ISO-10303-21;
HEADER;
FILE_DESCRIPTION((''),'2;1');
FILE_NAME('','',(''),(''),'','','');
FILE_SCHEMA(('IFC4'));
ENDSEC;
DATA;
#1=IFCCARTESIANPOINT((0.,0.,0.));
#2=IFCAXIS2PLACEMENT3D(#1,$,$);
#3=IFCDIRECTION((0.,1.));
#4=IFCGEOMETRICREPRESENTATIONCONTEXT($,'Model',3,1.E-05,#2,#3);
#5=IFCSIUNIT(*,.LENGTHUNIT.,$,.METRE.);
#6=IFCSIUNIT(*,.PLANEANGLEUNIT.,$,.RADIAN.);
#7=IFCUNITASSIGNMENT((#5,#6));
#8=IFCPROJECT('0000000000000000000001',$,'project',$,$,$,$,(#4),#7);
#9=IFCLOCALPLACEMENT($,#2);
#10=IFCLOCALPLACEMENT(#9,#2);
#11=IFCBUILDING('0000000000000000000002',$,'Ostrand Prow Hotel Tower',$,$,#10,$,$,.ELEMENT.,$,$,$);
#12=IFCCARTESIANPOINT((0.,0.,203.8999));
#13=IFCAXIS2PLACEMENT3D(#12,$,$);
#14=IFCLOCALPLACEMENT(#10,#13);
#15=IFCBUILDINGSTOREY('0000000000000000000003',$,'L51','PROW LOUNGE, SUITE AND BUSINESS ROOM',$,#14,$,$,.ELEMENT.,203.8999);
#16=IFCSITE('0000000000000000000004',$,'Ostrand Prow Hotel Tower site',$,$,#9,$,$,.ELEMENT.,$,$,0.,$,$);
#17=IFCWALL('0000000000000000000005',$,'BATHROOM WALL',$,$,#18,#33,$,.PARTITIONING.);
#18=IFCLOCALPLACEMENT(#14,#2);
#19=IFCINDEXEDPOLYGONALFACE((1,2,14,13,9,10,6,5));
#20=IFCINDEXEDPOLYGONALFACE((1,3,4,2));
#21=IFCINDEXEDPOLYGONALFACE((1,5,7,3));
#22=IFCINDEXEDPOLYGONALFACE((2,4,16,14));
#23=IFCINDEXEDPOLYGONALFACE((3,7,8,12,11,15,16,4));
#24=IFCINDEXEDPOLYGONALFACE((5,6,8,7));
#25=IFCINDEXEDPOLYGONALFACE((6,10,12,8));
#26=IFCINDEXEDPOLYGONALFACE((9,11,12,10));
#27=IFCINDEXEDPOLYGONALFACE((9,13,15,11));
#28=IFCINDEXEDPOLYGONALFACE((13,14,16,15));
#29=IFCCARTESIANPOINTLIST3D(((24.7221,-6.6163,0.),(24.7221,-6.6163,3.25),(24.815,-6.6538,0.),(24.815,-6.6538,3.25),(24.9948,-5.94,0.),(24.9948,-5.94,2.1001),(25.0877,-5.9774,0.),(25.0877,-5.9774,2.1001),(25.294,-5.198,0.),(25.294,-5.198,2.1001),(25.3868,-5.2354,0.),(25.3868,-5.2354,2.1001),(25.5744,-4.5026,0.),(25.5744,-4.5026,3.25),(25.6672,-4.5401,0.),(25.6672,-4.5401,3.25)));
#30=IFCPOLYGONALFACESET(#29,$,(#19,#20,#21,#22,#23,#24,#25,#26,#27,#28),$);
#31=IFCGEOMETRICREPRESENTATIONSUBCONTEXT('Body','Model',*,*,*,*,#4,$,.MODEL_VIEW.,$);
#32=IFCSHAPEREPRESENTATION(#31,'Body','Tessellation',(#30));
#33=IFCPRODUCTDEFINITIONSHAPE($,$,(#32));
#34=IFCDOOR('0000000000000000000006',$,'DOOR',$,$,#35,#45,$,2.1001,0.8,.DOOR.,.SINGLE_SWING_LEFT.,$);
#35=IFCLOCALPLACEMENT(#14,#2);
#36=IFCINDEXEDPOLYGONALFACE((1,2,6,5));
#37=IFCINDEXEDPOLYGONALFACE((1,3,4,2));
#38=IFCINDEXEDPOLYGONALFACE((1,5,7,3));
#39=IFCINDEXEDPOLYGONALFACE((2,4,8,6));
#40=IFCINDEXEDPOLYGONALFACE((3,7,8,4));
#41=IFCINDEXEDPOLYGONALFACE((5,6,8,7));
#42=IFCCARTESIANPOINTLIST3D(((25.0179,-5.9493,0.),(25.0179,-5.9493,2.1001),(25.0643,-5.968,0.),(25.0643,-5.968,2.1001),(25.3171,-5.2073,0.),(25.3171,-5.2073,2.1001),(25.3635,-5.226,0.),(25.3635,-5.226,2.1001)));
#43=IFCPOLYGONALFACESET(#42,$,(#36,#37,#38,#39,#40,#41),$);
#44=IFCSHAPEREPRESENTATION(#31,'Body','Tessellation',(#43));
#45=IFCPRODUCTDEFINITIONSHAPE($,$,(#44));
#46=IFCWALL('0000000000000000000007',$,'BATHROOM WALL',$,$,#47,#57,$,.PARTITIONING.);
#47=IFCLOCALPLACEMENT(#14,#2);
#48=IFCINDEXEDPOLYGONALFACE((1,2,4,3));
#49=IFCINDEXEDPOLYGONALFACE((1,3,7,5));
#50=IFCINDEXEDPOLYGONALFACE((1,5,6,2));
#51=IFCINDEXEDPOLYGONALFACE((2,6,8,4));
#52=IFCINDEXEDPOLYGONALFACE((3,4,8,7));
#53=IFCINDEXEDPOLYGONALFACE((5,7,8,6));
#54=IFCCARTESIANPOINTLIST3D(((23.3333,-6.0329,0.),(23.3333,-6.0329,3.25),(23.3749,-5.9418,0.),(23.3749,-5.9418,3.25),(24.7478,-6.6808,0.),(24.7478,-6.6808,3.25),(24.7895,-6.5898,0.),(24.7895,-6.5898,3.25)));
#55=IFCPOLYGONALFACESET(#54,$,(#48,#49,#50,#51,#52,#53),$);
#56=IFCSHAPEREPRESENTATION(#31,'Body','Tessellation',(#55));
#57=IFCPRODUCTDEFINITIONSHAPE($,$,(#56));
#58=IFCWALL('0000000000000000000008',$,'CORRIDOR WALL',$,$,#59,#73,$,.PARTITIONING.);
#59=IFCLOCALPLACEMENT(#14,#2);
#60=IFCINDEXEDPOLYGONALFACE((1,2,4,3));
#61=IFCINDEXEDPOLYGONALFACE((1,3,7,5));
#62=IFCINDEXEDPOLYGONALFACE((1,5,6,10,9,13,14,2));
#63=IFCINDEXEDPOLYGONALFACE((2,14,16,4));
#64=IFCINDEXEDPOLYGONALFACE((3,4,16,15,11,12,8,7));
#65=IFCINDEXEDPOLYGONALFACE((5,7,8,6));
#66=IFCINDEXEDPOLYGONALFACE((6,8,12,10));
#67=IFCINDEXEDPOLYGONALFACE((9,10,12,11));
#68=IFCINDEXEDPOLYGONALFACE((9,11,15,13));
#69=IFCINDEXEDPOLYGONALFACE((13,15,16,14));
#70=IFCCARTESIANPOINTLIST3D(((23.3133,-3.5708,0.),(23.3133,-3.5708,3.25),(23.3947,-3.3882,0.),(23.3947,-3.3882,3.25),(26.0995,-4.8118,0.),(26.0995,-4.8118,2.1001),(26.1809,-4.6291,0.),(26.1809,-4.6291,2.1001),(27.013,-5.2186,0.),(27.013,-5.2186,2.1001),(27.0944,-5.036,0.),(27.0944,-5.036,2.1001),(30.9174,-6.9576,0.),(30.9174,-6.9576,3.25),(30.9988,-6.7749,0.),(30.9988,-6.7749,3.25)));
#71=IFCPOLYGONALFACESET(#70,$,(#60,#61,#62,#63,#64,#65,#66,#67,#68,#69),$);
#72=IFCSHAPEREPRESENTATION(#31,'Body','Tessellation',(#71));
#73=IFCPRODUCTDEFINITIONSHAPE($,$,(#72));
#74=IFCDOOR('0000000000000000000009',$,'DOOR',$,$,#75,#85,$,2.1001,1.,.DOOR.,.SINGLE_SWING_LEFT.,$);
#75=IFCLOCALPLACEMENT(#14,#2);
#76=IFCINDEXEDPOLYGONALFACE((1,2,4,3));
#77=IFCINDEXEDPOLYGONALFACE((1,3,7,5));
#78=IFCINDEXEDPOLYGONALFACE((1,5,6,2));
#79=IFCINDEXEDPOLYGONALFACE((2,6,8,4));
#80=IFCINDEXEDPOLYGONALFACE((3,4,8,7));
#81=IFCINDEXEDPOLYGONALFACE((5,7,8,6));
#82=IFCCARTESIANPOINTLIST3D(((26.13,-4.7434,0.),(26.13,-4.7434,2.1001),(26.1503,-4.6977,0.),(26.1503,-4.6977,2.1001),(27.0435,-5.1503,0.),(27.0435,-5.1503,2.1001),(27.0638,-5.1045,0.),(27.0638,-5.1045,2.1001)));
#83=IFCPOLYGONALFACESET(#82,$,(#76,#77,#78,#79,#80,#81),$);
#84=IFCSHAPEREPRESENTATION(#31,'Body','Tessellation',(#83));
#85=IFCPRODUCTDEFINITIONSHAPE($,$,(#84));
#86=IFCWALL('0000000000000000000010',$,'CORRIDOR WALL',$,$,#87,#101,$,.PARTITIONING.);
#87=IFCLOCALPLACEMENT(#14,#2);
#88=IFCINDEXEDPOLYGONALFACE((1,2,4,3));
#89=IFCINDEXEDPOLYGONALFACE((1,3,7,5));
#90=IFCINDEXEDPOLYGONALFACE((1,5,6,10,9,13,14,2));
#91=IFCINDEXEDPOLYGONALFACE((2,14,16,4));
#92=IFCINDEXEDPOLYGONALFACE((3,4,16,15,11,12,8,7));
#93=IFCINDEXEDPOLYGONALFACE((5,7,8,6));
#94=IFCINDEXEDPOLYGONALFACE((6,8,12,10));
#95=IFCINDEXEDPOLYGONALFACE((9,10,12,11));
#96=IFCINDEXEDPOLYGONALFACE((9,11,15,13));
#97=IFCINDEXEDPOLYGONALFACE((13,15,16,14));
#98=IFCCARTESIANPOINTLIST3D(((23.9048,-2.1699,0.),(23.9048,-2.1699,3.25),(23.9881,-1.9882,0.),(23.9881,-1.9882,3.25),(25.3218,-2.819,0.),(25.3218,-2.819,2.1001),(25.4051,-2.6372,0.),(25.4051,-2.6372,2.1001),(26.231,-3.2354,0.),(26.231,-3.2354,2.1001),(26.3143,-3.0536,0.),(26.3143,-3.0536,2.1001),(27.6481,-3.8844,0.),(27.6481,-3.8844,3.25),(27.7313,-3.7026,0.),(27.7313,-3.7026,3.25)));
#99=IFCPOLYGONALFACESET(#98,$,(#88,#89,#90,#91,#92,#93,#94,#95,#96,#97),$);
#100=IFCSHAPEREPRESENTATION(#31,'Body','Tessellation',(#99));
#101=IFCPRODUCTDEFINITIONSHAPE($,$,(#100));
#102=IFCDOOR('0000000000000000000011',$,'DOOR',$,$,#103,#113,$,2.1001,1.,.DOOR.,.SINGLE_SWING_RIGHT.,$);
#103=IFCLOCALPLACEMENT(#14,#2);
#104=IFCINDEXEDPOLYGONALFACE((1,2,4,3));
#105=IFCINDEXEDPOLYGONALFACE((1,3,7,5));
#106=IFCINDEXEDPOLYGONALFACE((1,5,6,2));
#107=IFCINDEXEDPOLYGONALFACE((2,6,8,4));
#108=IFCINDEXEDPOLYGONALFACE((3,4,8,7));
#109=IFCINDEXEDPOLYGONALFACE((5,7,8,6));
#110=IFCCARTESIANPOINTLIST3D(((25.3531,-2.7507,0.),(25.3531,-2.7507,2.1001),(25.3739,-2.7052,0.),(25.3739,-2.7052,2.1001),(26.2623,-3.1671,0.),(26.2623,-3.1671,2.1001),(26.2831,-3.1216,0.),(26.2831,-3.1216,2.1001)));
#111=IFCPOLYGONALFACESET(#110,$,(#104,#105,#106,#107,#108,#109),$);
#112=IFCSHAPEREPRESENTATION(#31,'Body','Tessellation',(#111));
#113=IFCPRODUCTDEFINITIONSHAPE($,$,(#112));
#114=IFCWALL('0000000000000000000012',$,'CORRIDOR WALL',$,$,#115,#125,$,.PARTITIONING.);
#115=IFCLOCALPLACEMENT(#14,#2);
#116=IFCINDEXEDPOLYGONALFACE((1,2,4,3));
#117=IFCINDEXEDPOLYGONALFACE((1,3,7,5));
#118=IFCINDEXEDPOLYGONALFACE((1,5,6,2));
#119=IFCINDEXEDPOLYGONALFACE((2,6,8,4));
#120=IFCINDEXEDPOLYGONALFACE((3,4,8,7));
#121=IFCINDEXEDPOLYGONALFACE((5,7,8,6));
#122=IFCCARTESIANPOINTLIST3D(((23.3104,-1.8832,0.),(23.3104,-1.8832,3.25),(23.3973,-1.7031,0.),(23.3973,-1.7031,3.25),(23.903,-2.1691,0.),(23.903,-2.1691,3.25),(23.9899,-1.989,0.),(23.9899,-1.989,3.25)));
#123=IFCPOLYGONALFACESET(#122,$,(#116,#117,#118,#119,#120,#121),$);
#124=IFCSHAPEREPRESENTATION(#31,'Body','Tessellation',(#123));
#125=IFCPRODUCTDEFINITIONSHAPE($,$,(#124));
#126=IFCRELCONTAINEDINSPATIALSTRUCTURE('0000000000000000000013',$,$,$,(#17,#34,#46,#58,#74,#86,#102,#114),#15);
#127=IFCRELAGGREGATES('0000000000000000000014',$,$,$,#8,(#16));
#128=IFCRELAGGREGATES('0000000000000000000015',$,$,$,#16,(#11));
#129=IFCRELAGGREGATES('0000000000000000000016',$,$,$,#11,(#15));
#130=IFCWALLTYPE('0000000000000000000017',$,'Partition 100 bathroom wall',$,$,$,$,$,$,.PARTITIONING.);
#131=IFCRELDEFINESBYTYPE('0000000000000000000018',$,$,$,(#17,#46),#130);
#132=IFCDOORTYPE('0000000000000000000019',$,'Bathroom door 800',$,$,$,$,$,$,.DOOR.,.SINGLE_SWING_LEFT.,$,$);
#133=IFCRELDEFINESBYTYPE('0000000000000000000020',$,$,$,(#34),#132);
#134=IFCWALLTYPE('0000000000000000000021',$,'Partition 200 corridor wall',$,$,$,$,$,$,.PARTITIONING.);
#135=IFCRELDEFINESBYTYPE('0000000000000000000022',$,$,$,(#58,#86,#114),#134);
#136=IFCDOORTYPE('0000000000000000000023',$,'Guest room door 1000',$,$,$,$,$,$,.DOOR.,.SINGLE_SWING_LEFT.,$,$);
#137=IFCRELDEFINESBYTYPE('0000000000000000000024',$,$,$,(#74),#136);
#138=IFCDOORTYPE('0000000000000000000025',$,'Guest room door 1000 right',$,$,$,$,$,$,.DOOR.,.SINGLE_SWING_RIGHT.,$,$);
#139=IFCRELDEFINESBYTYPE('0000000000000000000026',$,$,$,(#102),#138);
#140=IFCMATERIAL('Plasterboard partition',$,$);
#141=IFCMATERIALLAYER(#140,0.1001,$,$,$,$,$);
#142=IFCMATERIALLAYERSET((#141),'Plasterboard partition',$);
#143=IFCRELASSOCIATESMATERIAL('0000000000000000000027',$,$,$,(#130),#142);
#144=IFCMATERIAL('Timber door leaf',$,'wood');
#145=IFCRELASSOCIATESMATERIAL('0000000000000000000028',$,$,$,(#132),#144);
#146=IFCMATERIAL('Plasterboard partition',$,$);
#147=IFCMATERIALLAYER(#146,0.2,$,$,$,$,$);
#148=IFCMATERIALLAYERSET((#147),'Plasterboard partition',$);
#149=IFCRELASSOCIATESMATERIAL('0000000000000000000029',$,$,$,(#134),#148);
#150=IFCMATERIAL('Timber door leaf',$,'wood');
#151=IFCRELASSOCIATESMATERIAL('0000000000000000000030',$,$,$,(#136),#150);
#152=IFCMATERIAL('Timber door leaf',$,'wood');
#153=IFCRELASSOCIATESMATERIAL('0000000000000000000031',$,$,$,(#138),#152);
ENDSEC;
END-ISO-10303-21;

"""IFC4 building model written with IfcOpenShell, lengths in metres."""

from ifc_helpers import new_model, si_unit, direction, frame, frame_2d, origin, place, context, subcontext, project, spatial, rectangle, extrude, material, layer, layer_set, type_object, element, fill, save


model = new_model("IFC4")

# Units and contexts
model_context = context("Model", 3, precision=1e-05, world=origin(), true_north=direction((0.0, 1.0)))
body_context = subcontext(model_context, "Body", "Model", "MODEL_VIEW")
ifc_project = project(units=[si_unit("LENGTHUNIT", "METRE"), si_unit("PLANEANGLEUNIT", "RADIAN")], contexts=[model_context])

# Site, building, storey
site_placement = place(None, origin())
site = spatial("IfcSite", under=ifc_project, at=site_placement, Name="Ostrand Prow Hotel Tower site", CompositionType="ELEMENT", RefElevation=0.0)
building_placement = place(site_placement, origin())
building = spatial("IfcBuilding", under=site, at=building_placement, Name="Ostrand Prow Hotel Tower", CompositionType="ELEMENT")
storey_placement = place(building_placement, frame((0.0, 0.0, 203.8999)))
storey = spatial("IfcBuildingStorey", under=building, at=storey_placement, Name="L51", Description="PROW LOUNGE, SUITE AND BUSINESS ROOM", CompositionType="ELEMENT", Elevation=203.8999)

# Wall, opening, door
ifc_material_1 = material(Name="Plasterboard partition")
ifc_layer_1 = layer(ifc_material_1, 0.1001)
ifc_layer_set_1 = layer_set([ifc_layer_1], Name="Plasterboard partition")
wall_type_1 = type_object("IfcWallType", Name="Partition 100 bathroom wall", PredefinedType="PARTITIONING", material=ifc_layer_set_1)
wall_1_placement = place(storey_placement, frame((25.6208, -4.5212, 0.0), z_axis=(0.0, 0.0, 1.0), x_axis=(-0.373956, -0.927446, 0.0)))
wall_1 = element("IfcWall", 1, at=wall_1_placement, inside=storey, type_object=wall_type_1, Name="BATHROOM WALL", PredefinedType="PARTITIONING", context=body_context, shape_type="SweptSolid", body=[
    extrude(rectangle(XDim=2.2791, YDim=0.1001, at=frame_2d((1.1396, 0.0))), origin(), (0.0, 0.0, 1.0), 3.25),
])
opening_1_placement = place(wall_1_placement, frame((0.75, 0.0, 0.0)))
opening_1 = element("IfcOpeningElement", 2, at=opening_1_placement, cuts=wall_1, PredefinedType="OPENING", context=body_context, shape_type="SweptSolid", body=[
    extrude(rectangle(XDim=0.8, YDim=2.1001, at=frame_2d((0.3999, 1.05))), frame((0.0, 0.0601, 0.0), z_axis=(0.0, -1.0, 0.0), x_axis=(1.0, 0.0, 0.0)), (0.0, 0.0, 1.0), 0.1201),
])
ifc_material_2 = material(Name="Timber door leaf", Category="wood")
door_type_1 = type_object("IfcDoorType", Name="Bathroom door 800", OperationType="SINGLE_SWING_LEFT", PredefinedType="DOOR", material=ifc_material_2)
door_1_placement = place(opening_1_placement, origin())
door_1 = element("IfcDoor", 3, at=door_1_placement, inside=storey, type_object=door_type_1, Name="DOOR", OperationType="SINGLE_SWING_LEFT", OverallHeight=2.1001, OverallWidth=0.8, PredefinedType="DOOR", context=body_context, shape_type="SweptSolid", body=[
    extrude(rectangle(XDim=0.8, YDim=2.1001, at=frame_2d((0.3999, 1.05))), frame((0.0, 0.0249, 0.0), z_axis=(0.0, -1.0, 0.0), x_axis=(1.0, 0.0, 0.0)), (0.0, 0.0, 1.0), 0.05),
])
fill(opening_1, door_1)

# Wall
wall_2_placement = place(storey_placement, frame((24.7686, -6.6353, 0.0), z_axis=(0.0, 0.0, 1.0), x_axis=(-0.909159, 0.416449, 0.0)))
element("IfcWall", 4, at=wall_2_placement, inside=storey, type_object=wall_type_1, Name="BATHROOM WALL", PredefinedType="PARTITIONING", context=body_context, shape_type="SweptSolid", body=[
    extrude(rectangle(XDim=1.5559, YDim=0.1001, at=frame_2d((0.7778, 0.0))), origin(), (0.0, 0.0, 1.0), 3.25),
])

# Walls, openings, doors
ifc_material_3 = material(Name="Plasterboard partition")
ifc_layer_2 = layer(ifc_material_3, 0.2)
ifc_layer_set_2 = layer_set([ifc_layer_2], Name="Plasterboard partition")
wall_type_2 = type_object("IfcWallType", Name="Partition 200 corridor wall", PredefinedType="PARTITIONING", material=ifc_layer_set_2)
wall_3_placement = place(storey_placement, frame((23.354, -3.4795, 0.0), z_axis=(0.0, 0.0, 1.0), x_axis=(0.913492, -0.406857, 0.0)))
wall_3 = element("IfcWall", 5, at=wall_3_placement, inside=storey, type_object=wall_type_2, Name="CORRIDOR WALL", PredefinedType="PARTITIONING", context=body_context, shape_type="SweptSolid", body=[
    extrude(rectangle(XDim=8.3242, YDim=0.2, at=frame_2d((4.1621, 0.0))), origin(), (0.0, 0.0, 1.0), 3.25),
])
opening_2_placement = place(wall_3_placement, frame((3.05, 0.0, 0.0)))
opening_2 = element("IfcOpeningElement", 6, at=opening_2_placement, cuts=wall_3, PredefinedType="OPENING", context=body_context, shape_type="SweptSolid", body=[
    extrude(rectangle(XDim=1.0, YDim=2.1001, at=frame_2d((0.5, 1.05))), frame((0.0, 0.1099, 0.0), z_axis=(0.0, -1.0, 0.0), x_axis=(1.0, 0.0, 0.0)), (0.0, 0.0, 1.0), 0.22),
])
ifc_material_4 = material(Name="Timber door leaf", Category="wood")
door_type_2 = type_object("IfcDoorType", Name="Guest room door 1000", OperationType="SINGLE_SWING_LEFT", PredefinedType="DOOR", material=ifc_material_4)
door_2_placement = place(opening_2_placement, origin())
door_2 = element("IfcDoor", 7, at=door_2_placement, inside=storey, type_object=door_type_2, Name="DOOR", OperationType="SINGLE_SWING_LEFT", OverallHeight=2.1001, OverallWidth=1.0, PredefinedType="DOOR", context=body_context, shape_type="SweptSolid", body=[
    extrude(rectangle(XDim=1.0, YDim=2.1001, at=frame_2d((0.5, 1.05))), frame((0.0, 0.0249, 0.0), z_axis=(0.0, -1.0, 0.0), x_axis=(1.0, 0.0, 0.0)), (0.0, 0.0, 1.0), 0.05),
])
fill(opening_2, door_2)
wall_4_placement = place(storey_placement, frame((27.6897, -3.7935, 0.0), z_axis=(0.0, 0.0, 1.0), x_axis=(-0.909181, 0.416402, 0.0)))
wall_4 = element("IfcWall", 8, at=wall_4_placement, inside=storey, type_object=wall_type_2, Name="CORRIDOR WALL", PredefinedType="PARTITIONING", context=body_context, shape_type="SweptSolid", body=[
    extrude(rectangle(XDim=4.1172, YDim=0.2, at=frame_2d((2.0586, 0.0))), origin(), (0.0, 0.0, 1.0), 3.25),
])
opening_3_placement = place(wall_4_placement, frame((1.5586, 0.0, 0.0)))
opening_3 = element("IfcOpeningElement", 9, at=opening_3_placement, cuts=wall_4, PredefinedType="OPENING", context=body_context, shape_type="SweptSolid", body=[
    extrude(rectangle(XDim=1.0, YDim=2.1001, at=frame_2d((0.5, 1.05))), frame((0.0, 0.1099, 0.0), z_axis=(0.0, -1.0, 0.0), x_axis=(1.0, 0.0, 0.0)), (0.0, 0.0, 1.0), 0.22),
])
ifc_material_5 = material(Name="Timber door leaf", Category="wood")
door_type_3 = type_object("IfcDoorType", Name="Guest room door 1000 right", OperationType="SINGLE_SWING_RIGHT", PredefinedType="DOOR", material=ifc_material_5)
door_3_placement = place(opening_3_placement, origin())
door_3 = element("IfcDoor", 10, at=door_3_placement, inside=storey, type_object=door_type_3, Name="DOOR", OperationType="SINGLE_SWING_RIGHT", OverallHeight=2.1001, OverallWidth=1.0, PredefinedType="DOOR", context=body_context, shape_type="SweptSolid", body=[
    extrude(rectangle(XDim=1.0, YDim=2.1001, at=frame_2d((0.5, 1.05))), frame((0.0, 0.0249, 0.0), z_axis=(0.0, -1.0, 0.0), x_axis=(1.0, 0.0, 0.0)), (0.0, 0.0, 1.0), 0.05),
])
fill(opening_3, door_3)

# Wall
wall_5_placement = place(storey_placement, frame((23.9465, -2.0791, 0.0), z_axis=(0.0, 0.0, 1.0), x_axis=(-0.900647, 0.434552, 0.0)))
element("IfcWall", 11, at=wall_5_placement, inside=storey, type_object=wall_type_2, Name="CORRIDOR WALL", PredefinedType="PARTITIONING", context=body_context, shape_type="SweptSolid", body=[
    extrude(rectangle(XDim=0.658, YDim=0.2, at=frame_2d((0.3291, 0.0))), origin(), (0.0, 0.0, 1.0), 3.25),
])

save(model, "model.ifc")
